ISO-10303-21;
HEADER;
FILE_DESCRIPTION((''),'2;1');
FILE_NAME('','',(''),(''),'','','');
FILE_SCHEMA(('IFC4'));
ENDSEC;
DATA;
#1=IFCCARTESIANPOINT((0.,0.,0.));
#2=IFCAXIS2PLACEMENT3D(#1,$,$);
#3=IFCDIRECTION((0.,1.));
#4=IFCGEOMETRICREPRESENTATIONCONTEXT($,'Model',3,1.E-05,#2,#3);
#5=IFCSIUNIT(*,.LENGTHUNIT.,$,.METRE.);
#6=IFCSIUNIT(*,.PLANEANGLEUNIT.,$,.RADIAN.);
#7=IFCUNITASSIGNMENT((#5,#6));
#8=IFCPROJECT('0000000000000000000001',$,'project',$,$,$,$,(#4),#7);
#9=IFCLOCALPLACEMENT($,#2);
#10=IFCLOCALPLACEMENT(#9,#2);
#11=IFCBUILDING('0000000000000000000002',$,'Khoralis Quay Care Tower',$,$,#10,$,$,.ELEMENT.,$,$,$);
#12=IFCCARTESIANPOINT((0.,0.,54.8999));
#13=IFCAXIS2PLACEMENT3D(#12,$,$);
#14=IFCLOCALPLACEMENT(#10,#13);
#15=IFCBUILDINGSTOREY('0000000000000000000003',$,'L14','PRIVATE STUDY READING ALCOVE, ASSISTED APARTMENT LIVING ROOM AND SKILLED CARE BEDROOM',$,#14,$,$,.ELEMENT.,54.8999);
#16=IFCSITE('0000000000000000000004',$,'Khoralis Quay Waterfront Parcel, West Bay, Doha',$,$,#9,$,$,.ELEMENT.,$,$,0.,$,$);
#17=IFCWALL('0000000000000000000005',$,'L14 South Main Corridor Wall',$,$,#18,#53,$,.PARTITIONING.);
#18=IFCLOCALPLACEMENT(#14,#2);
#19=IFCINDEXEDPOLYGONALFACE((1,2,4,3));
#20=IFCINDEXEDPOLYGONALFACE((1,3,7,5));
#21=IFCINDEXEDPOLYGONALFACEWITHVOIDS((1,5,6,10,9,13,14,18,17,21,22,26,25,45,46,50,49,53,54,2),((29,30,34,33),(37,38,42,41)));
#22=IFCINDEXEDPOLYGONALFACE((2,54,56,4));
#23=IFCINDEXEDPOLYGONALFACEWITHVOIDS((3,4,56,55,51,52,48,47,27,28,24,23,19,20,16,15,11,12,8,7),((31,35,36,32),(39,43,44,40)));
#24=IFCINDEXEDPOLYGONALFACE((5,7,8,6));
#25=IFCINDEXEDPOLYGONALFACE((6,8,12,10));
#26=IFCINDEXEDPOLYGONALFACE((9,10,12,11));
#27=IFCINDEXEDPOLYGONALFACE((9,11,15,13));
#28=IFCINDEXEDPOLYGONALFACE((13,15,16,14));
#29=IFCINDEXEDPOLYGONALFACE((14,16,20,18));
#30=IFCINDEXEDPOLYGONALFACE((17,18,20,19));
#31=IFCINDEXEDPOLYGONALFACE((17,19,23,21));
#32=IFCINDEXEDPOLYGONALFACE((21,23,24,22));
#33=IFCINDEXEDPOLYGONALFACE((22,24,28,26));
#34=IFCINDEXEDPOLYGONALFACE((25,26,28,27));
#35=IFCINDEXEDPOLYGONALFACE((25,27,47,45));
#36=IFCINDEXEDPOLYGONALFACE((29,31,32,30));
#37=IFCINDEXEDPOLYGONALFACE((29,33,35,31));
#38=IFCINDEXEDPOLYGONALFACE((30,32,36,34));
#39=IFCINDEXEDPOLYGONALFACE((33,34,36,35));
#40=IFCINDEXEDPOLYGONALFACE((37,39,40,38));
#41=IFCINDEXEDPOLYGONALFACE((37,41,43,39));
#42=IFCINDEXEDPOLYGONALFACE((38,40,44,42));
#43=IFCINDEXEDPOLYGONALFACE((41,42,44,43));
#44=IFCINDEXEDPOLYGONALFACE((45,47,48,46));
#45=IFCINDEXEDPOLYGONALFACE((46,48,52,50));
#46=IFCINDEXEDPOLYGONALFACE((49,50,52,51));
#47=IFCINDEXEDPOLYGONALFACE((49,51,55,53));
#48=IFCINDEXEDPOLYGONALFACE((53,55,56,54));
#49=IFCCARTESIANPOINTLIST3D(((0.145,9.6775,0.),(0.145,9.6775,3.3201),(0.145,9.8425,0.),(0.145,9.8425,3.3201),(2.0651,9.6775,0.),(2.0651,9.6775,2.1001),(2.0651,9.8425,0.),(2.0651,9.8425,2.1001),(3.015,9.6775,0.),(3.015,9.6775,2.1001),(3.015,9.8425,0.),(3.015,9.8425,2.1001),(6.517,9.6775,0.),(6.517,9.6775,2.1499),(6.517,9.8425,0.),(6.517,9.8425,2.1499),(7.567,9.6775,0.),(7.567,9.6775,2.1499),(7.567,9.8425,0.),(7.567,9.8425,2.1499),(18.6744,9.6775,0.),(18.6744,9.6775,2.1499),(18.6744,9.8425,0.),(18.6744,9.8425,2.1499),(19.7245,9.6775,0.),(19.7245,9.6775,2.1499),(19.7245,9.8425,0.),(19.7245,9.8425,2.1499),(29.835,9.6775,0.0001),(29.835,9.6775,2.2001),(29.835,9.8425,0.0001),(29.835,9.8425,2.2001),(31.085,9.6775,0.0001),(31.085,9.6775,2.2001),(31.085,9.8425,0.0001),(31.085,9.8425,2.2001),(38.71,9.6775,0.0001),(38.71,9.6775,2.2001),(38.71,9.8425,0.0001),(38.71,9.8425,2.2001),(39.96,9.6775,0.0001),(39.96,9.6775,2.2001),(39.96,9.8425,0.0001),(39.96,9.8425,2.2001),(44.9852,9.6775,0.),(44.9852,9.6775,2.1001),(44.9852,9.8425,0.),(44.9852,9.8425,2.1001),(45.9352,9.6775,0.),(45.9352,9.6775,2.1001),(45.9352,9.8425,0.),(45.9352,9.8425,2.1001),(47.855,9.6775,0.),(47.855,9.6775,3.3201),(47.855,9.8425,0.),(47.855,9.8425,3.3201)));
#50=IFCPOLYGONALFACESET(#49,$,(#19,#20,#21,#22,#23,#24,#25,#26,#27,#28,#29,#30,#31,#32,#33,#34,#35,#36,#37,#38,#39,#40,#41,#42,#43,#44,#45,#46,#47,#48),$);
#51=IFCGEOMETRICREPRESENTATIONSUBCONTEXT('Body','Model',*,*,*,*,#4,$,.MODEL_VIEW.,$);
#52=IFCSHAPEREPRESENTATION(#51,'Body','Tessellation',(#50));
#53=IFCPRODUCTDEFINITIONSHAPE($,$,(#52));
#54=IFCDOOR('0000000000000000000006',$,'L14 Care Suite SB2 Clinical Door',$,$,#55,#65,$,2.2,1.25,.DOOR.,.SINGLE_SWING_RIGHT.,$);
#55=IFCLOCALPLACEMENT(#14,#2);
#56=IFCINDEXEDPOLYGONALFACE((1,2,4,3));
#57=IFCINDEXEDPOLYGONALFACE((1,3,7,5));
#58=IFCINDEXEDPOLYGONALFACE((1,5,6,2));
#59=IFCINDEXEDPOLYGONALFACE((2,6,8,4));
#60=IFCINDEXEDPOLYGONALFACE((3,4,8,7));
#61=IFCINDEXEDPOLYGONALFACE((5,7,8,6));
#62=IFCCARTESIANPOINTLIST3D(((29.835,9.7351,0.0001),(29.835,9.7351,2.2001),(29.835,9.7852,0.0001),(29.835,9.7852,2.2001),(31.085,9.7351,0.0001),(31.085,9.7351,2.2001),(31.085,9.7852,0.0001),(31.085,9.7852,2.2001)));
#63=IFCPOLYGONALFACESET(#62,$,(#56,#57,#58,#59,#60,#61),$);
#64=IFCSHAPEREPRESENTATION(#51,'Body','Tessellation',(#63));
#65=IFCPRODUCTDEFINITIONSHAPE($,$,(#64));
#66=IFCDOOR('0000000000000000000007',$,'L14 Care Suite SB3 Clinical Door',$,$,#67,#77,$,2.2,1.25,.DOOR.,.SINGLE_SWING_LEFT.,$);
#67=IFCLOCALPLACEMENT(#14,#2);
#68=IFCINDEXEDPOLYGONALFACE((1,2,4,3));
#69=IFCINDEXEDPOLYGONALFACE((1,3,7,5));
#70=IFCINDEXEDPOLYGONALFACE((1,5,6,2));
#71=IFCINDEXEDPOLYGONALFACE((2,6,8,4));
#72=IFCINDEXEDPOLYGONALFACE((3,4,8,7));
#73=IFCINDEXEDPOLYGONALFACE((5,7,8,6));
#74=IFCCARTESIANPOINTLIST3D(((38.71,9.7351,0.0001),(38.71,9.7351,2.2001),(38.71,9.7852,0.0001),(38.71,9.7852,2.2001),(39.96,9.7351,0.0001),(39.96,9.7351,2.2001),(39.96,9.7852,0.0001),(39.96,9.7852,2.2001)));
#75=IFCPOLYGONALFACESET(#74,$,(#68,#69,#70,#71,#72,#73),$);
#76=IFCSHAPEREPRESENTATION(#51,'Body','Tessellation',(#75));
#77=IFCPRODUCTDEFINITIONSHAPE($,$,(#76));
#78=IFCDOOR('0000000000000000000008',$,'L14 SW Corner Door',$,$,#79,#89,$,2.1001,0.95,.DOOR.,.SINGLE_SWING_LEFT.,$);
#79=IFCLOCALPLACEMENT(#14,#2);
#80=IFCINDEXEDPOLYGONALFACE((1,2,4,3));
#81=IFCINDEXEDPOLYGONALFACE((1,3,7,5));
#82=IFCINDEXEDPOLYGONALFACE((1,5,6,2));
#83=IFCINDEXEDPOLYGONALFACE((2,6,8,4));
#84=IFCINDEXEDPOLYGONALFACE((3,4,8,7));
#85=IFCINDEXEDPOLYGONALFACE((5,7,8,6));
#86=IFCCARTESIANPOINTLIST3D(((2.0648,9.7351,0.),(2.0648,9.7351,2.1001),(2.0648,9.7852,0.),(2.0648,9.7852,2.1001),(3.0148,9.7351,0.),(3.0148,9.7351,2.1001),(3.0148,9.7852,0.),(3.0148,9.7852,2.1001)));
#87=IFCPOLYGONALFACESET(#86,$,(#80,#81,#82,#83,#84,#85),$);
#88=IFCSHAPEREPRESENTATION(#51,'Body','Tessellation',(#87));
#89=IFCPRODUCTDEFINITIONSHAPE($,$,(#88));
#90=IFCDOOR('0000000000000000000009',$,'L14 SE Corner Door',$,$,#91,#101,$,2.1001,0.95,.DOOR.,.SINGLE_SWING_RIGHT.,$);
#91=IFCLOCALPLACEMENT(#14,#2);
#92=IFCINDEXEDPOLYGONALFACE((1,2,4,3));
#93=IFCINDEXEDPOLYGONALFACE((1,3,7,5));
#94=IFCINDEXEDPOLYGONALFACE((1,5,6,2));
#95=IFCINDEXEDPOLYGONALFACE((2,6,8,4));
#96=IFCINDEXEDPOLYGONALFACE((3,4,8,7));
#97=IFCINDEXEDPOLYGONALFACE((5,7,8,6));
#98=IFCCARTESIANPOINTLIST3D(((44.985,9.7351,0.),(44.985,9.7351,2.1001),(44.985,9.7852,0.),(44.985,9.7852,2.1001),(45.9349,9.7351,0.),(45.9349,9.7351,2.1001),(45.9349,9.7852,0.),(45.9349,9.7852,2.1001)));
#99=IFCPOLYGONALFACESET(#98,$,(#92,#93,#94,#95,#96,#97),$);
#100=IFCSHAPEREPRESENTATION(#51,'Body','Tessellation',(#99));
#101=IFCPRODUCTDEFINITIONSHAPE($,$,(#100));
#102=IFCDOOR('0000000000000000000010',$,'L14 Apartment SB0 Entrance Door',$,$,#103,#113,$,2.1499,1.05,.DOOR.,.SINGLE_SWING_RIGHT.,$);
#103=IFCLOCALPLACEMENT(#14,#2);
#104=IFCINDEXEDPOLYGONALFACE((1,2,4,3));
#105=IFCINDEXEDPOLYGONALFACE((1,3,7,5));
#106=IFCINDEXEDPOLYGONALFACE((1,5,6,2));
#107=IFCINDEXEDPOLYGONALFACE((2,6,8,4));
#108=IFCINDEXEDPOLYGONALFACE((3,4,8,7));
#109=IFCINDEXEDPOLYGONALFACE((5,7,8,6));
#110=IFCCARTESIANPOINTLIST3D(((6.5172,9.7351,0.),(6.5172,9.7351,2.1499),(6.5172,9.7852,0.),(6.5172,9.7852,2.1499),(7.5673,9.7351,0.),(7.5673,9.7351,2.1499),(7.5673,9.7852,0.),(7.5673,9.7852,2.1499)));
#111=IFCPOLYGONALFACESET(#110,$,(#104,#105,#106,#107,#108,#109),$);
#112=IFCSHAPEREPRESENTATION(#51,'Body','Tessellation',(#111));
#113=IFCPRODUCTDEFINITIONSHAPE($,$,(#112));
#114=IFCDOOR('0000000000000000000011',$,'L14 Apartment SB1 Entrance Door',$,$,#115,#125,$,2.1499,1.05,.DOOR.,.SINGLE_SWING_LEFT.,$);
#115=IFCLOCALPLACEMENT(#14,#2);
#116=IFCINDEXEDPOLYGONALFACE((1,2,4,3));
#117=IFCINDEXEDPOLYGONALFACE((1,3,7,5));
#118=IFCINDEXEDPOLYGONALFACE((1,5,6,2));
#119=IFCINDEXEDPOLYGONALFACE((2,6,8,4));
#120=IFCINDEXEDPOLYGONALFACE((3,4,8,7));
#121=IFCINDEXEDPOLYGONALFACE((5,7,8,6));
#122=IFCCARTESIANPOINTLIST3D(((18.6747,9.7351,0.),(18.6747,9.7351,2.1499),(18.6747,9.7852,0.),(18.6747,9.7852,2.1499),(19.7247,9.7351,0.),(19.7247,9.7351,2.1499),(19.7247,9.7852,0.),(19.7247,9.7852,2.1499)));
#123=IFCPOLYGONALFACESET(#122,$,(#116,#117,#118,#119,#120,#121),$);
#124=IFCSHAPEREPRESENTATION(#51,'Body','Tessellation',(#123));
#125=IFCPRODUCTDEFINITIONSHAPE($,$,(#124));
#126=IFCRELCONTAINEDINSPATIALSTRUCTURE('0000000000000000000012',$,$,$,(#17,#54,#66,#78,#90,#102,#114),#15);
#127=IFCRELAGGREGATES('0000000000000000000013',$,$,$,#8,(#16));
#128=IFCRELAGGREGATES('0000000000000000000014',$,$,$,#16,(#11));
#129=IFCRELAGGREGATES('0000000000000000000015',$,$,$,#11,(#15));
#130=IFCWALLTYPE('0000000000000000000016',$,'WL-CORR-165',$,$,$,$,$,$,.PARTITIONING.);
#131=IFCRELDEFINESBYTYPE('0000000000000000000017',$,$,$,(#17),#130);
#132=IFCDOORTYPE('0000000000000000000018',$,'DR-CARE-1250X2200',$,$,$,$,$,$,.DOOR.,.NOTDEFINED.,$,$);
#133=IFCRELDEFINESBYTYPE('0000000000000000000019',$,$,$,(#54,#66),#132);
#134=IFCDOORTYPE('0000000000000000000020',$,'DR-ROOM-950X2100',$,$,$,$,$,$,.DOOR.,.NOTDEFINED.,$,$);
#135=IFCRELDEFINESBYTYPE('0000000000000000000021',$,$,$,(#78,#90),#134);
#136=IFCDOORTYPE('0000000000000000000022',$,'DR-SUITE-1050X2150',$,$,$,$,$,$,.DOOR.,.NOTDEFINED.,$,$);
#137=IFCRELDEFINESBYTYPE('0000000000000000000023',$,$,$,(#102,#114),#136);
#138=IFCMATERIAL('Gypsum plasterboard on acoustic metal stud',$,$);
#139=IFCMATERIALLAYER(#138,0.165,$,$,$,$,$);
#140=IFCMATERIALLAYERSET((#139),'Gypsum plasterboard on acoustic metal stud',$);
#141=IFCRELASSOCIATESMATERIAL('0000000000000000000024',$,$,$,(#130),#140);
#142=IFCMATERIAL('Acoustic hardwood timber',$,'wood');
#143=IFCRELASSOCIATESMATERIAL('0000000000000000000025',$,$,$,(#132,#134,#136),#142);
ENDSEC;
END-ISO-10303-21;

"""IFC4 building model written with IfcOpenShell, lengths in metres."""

from ifc_helpers import new_model, si_unit, direction, frame, frame_2d, origin, place, context, subcontext, project, spatial, rectangle, extrude, source, transform, mapped, material, layer, layer_set, type_object, element, fill, save


model = new_model("IFC4")

# Units and contexts
model_context = context("Model", 3, precision=1e-05, world=origin(), true_north=direction((0.0, 1.0)))
body_context = subcontext(model_context, "Body", "Model", "MODEL_VIEW")
ifc_project = project(units=[si_unit("LENGTHUNIT", "METRE"), si_unit("PLANEANGLEUNIT", "RADIAN")], contexts=[model_context])

# Site, building, storey
site_placement = place(None, origin())
site = spatial("IfcSite", under=ifc_project, at=site_placement, Name="Khoralis Quay Waterfront Parcel, West Bay, Doha", CompositionType="ELEMENT", RefElevation=0.0)
building_placement = place(site_placement, origin())
building = spatial("IfcBuilding", under=site, at=building_placement, Name="Khoralis Quay Care Tower", CompositionType="ELEMENT")
storey_placement = place(building_placement, frame((0.0, 0.0, 54.8999)))
storey = spatial("IfcBuildingStorey", under=building, at=storey_placement, Name="L14", Description="PRIVATE STUDY READING ALCOVE, ASSISTED APARTMENT LIVING ROOM AND SKILLED CARE BEDROOM", CompositionType="ELEMENT", Elevation=54.8999)

# Shared definitions
ifc_material_1 = material(Name="Gypsum plasterboard on acoustic metal stud")

# Wall, openings, doors
ifc_layer_1 = layer(ifc_material_1, 0.165)
ifc_layer_set_1 = layer_set([ifc_layer_1], Name="Gypsum plasterboard on acoustic metal stud")
wall_type_1 = type_object("IfcWallType", Name="WL-CORR-165", PredefinedType="PARTITIONING", material=ifc_layer_set_1)
wall_1_placement = place(storey_placement, frame((0.145, 9.76, 0.0), z_axis=(0.0, 0.0, 1.0), x_axis=(1.0, 0.0, 0.0)))
wall_1 = element("IfcWall", 1, at=wall_1_placement, inside=storey, type_object=wall_type_1, Name="L14 South Main Corridor Wall", PredefinedType="PARTITIONING", context=body_context, shape_type="SweptSolid", body=[
    extrude(rectangle(XDim=47.71, YDim=0.165, at=frame_2d((23.855, 0.0))), origin(), (0.0, 0.0, 1.0), 3.3201),
])
opening_1_placement = place(wall_1_placement, frame((6.3721, 0.0, 0.0)))
opening_1 = element("IfcOpeningElement", 2, at=opening_1_placement, cuts=wall_1, PredefinedType="OPENING", context=body_context, shape_type="SweptSolid", body=[
    extrude(rectangle(XDim=1.05, YDim=2.1499, at=frame_2d((0.5249, 1.075))), frame((0.0, 0.0925, 0.0), z_axis=(0.0, -1.0, 0.0), x_axis=(1.0, 0.0, 0.0)), (0.0, 0.0, 1.0), 0.1851),
])
opening_2_placement = place(wall_1_placement, frame((18.5295, 0.0, 0.0)))
opening_2 = element("IfcOpeningElement", 3, at=opening_2_placement, cuts=wall_1, PredefinedType="OPENING", context=body_context, shape_type="SweptSolid", body=[
    extrude(rectangle(XDim=1.05, YDim=2.1499, at=frame_2d((0.5249, 1.075))), frame((0.0, 0.0925, 0.0), z_axis=(0.0, -1.0, 0.0), x_axis=(1.0, 0.0, 0.0)), (0.0, 0.0, 1.0), 0.1851),
])
opening_3_placement = place(wall_1_placement, frame((29.6899, 0.0, 0.0)))
opening_3 = element("IfcOpeningElement", 4, at=opening_3_placement, cuts=wall_1, PredefinedType="OPENING", context=body_context, shape_type="SweptSolid", body=[
    extrude(rectangle(XDim=1.25, YDim=2.2, at=frame_2d((0.625, 1.1001))), frame((0.0, 0.0925, 0.0), z_axis=(0.0, -1.0, 0.0), x_axis=(1.0, 0.0, 0.0)), (0.0, 0.0, 1.0), 0.1851),
])
opening_4_placement = place(wall_1_placement, frame((38.5649, 0.0, 0.0)))
opening_4 = element("IfcOpeningElement", 5, at=opening_4_placement, cuts=wall_1, PredefinedType="OPENING", context=body_context, shape_type="SweptSolid", body=[
    extrude(rectangle(XDim=1.25, YDim=2.2, at=frame_2d((0.625, 1.1001))), frame((0.0, 0.0925, 0.0), z_axis=(0.0, -1.0, 0.0), x_axis=(1.0, 0.0, 0.0)), (0.0, 0.0, 1.0), 0.1851),
])
opening_5_placement = place(wall_1_placement, frame((1.9199, 0.0, 0.0)))
opening_5 = element("IfcOpeningElement", 6, at=opening_5_placement, cuts=wall_1, PredefinedType="OPENING", context=body_context, shape_type="SweptSolid", body=[
    extrude(rectangle(XDim=0.95, YDim=2.1001, at=frame_2d((0.4751, 1.05))), frame((0.0, 0.0925, 0.0), z_axis=(0.0, -1.0, 0.0), x_axis=(1.0, 0.0, 0.0)), (0.0, 0.0, 1.0), 0.1851),
])
opening_6_placement = place(wall_1_placement, frame((44.8401, 0.0, 0.0)))
opening_6 = element("IfcOpeningElement", 7, at=opening_6_placement, cuts=wall_1, PredefinedType="OPENING", context=body_context, shape_type="SweptSolid", body=[
    extrude(rectangle(XDim=0.95, YDim=2.1001, at=frame_2d((0.4751, 1.05))), frame((0.0, 0.0925, 0.0), z_axis=(0.0, -1.0, 0.0), x_axis=(1.0, 0.0, 0.0)), (0.0, 0.0, 1.0), 0.1851),
])
ifc_material_2 = material(Name="Acoustic hardwood timber", Category="wood")
door_type_1 = type_object("IfcDoorType", Name="DR-CARE-1250X2200", OperationType="NOTDEFINED", PredefinedType="DOOR", material=ifc_material_2)
shared_shape_1 = source(origin(), body_context, "Body", "SweptSolid", [
    extrude(rectangle(XDim=1.25, YDim=2.2, at=frame_2d((0.625, 1.1001))), frame((0.0, 0.0249, 0.0), z_axis=(0.0, -1.0, 0.0), x_axis=(1.0, 0.0, 0.0)), (0.0, 0.0, 1.0), 0.05),
])
door_1_placement = place(opening_3_placement, frame((1.25, 0.0, 0.0), z_axis=(0.0, 0.0, 1.0), x_axis=(-1.0, 0.0, 0.0)))
door_1 = element("IfcDoor", 8, at=door_1_placement, inside=storey, type_object=door_type_1, Name="L14 Care Suite SB2 Clinical Door", OperationType="SINGLE_SWING_RIGHT", OverallHeight=2.2, OverallWidth=1.25, PredefinedType="DOOR", context=body_context, shape_type="MappedRepresentation", body=[
    mapped(shared_shape_1, transform((0.0, 0.0, 0.0), scale=1.0)),
])
fill(opening_3, door_1)
door_2_placement = place(opening_4_placement, frame((1.25, 0.0, 0.0), z_axis=(0.0, 0.0, 1.0), x_axis=(-1.0, 0.0, 0.0)))
door_2 = element("IfcDoor", 9, at=door_2_placement, inside=storey, type_object=door_type_1, Name="L14 Care Suite SB3 Clinical Door", OperationType="SINGLE_SWING_LEFT", OverallHeight=2.2, OverallWidth=1.25, PredefinedType="DOOR", context=body_context, shape_type="MappedRepresentation", body=[
    mapped(shared_shape_1, transform((0.0, 0.0, 0.0), scale=1.0)),
])
fill(opening_4, door_2)
door_type_2 = type_object("IfcDoorType", Name="DR-ROOM-950X2100", OperationType="NOTDEFINED", PredefinedType="DOOR", material=ifc_material_2)
shared_shape_2 = source(origin(), body_context, "Body", "SweptSolid", [
    extrude(rectangle(XDim=0.95, YDim=2.1001, at=frame_2d((0.4751, 1.05))), frame((0.0, 0.0249, 0.0), z_axis=(0.0, -1.0, 0.0), x_axis=(1.0, 0.0, 0.0)), (0.0, 0.0, 1.0), 0.05),
])
door_3_placement = place(opening_5_placement, frame((0.95, 0.0, 0.0), z_axis=(0.0, 0.0, 1.0), x_axis=(-1.0, 0.0, 0.0)))
door_3 = element("IfcDoor", 10, at=door_3_placement, inside=storey, type_object=door_type_2, Name="L14 SW Corner Door", OperationType="SINGLE_SWING_LEFT", OverallHeight=2.1001, OverallWidth=0.95, PredefinedType="DOOR", context=body_context, shape_type="MappedRepresentation", body=[
    mapped(shared_shape_2, transform((0.0, 0.0, 0.0), scale=1.0)),
])
fill(opening_5, door_3)
door_4_placement = place(opening_6_placement, frame((0.95, 0.0, 0.0), z_axis=(0.0, 0.0, 1.0), x_axis=(-1.0, 0.0, 0.0)))
door_4 = element("IfcDoor", 11, at=door_4_placement, inside=storey, type_object=door_type_2, Name="L14 SE Corner Door", OperationType="SINGLE_SWING_RIGHT", OverallHeight=2.1001, OverallWidth=0.95, PredefinedType="DOOR", context=body_context, shape_type="MappedRepresentation", body=[
    mapped(shared_shape_2, transform((0.0, 0.0, 0.0), scale=1.0)),
])
fill(opening_6, door_4)
door_type_3 = type_object("IfcDoorType", Name="DR-SUITE-1050X2150", OperationType="NOTDEFINED", PredefinedType="DOOR", material=ifc_material_2)
shared_shape_3 = source(origin(), body_context, "Body", "SweptSolid", [
    extrude(rectangle(XDim=1.05, YDim=2.1499, at=frame_2d((0.5249, 1.075))), frame((0.0, 0.0249, 0.0), z_axis=(0.0, -1.0, 0.0), x_axis=(1.0, 0.0, 0.0)), (0.0, 0.0, 1.0), 0.05),
])
door_5_placement = place(opening_1_placement, frame((1.05, 0.0, 0.0), z_axis=(0.0, 0.0, 1.0), x_axis=(-1.0, 0.0, 0.0)))
door_5 = element("IfcDoor", 12, at=door_5_placement, inside=storey, type_object=door_type_3, Name="L14 Apartment SB0 Entrance Door", OperationType="SINGLE_SWING_RIGHT", OverallHeight=2.1499, OverallWidth=1.05, PredefinedType="DOOR", context=body_context, shape_type="MappedRepresentation", body=[
    mapped(shared_shape_3, transform((0.0, 0.0, 0.0), scale=1.0)),
])
fill(opening_1, door_5)
door_6_placement = place(opening_2_placement, frame((1.05, 0.0, 0.0), z_axis=(0.0, 0.0, 1.0), x_axis=(-1.0, 0.0, 0.0)))
door_6 = element("IfcDoor", 13, at=door_6_placement, inside=storey, type_object=door_type_3, Name="L14 Apartment SB1 Entrance Door", OperationType="SINGLE_SWING_LEFT", OverallHeight=2.1499, OverallWidth=1.05, PredefinedType="DOOR", context=body_context, shape_type="MappedRepresentation", body=[
    mapped(shared_shape_3, transform((0.0, 0.0, 0.0), scale=1.0)),
])
fill(opening_2, door_6)

save(model, "model.ifc")
